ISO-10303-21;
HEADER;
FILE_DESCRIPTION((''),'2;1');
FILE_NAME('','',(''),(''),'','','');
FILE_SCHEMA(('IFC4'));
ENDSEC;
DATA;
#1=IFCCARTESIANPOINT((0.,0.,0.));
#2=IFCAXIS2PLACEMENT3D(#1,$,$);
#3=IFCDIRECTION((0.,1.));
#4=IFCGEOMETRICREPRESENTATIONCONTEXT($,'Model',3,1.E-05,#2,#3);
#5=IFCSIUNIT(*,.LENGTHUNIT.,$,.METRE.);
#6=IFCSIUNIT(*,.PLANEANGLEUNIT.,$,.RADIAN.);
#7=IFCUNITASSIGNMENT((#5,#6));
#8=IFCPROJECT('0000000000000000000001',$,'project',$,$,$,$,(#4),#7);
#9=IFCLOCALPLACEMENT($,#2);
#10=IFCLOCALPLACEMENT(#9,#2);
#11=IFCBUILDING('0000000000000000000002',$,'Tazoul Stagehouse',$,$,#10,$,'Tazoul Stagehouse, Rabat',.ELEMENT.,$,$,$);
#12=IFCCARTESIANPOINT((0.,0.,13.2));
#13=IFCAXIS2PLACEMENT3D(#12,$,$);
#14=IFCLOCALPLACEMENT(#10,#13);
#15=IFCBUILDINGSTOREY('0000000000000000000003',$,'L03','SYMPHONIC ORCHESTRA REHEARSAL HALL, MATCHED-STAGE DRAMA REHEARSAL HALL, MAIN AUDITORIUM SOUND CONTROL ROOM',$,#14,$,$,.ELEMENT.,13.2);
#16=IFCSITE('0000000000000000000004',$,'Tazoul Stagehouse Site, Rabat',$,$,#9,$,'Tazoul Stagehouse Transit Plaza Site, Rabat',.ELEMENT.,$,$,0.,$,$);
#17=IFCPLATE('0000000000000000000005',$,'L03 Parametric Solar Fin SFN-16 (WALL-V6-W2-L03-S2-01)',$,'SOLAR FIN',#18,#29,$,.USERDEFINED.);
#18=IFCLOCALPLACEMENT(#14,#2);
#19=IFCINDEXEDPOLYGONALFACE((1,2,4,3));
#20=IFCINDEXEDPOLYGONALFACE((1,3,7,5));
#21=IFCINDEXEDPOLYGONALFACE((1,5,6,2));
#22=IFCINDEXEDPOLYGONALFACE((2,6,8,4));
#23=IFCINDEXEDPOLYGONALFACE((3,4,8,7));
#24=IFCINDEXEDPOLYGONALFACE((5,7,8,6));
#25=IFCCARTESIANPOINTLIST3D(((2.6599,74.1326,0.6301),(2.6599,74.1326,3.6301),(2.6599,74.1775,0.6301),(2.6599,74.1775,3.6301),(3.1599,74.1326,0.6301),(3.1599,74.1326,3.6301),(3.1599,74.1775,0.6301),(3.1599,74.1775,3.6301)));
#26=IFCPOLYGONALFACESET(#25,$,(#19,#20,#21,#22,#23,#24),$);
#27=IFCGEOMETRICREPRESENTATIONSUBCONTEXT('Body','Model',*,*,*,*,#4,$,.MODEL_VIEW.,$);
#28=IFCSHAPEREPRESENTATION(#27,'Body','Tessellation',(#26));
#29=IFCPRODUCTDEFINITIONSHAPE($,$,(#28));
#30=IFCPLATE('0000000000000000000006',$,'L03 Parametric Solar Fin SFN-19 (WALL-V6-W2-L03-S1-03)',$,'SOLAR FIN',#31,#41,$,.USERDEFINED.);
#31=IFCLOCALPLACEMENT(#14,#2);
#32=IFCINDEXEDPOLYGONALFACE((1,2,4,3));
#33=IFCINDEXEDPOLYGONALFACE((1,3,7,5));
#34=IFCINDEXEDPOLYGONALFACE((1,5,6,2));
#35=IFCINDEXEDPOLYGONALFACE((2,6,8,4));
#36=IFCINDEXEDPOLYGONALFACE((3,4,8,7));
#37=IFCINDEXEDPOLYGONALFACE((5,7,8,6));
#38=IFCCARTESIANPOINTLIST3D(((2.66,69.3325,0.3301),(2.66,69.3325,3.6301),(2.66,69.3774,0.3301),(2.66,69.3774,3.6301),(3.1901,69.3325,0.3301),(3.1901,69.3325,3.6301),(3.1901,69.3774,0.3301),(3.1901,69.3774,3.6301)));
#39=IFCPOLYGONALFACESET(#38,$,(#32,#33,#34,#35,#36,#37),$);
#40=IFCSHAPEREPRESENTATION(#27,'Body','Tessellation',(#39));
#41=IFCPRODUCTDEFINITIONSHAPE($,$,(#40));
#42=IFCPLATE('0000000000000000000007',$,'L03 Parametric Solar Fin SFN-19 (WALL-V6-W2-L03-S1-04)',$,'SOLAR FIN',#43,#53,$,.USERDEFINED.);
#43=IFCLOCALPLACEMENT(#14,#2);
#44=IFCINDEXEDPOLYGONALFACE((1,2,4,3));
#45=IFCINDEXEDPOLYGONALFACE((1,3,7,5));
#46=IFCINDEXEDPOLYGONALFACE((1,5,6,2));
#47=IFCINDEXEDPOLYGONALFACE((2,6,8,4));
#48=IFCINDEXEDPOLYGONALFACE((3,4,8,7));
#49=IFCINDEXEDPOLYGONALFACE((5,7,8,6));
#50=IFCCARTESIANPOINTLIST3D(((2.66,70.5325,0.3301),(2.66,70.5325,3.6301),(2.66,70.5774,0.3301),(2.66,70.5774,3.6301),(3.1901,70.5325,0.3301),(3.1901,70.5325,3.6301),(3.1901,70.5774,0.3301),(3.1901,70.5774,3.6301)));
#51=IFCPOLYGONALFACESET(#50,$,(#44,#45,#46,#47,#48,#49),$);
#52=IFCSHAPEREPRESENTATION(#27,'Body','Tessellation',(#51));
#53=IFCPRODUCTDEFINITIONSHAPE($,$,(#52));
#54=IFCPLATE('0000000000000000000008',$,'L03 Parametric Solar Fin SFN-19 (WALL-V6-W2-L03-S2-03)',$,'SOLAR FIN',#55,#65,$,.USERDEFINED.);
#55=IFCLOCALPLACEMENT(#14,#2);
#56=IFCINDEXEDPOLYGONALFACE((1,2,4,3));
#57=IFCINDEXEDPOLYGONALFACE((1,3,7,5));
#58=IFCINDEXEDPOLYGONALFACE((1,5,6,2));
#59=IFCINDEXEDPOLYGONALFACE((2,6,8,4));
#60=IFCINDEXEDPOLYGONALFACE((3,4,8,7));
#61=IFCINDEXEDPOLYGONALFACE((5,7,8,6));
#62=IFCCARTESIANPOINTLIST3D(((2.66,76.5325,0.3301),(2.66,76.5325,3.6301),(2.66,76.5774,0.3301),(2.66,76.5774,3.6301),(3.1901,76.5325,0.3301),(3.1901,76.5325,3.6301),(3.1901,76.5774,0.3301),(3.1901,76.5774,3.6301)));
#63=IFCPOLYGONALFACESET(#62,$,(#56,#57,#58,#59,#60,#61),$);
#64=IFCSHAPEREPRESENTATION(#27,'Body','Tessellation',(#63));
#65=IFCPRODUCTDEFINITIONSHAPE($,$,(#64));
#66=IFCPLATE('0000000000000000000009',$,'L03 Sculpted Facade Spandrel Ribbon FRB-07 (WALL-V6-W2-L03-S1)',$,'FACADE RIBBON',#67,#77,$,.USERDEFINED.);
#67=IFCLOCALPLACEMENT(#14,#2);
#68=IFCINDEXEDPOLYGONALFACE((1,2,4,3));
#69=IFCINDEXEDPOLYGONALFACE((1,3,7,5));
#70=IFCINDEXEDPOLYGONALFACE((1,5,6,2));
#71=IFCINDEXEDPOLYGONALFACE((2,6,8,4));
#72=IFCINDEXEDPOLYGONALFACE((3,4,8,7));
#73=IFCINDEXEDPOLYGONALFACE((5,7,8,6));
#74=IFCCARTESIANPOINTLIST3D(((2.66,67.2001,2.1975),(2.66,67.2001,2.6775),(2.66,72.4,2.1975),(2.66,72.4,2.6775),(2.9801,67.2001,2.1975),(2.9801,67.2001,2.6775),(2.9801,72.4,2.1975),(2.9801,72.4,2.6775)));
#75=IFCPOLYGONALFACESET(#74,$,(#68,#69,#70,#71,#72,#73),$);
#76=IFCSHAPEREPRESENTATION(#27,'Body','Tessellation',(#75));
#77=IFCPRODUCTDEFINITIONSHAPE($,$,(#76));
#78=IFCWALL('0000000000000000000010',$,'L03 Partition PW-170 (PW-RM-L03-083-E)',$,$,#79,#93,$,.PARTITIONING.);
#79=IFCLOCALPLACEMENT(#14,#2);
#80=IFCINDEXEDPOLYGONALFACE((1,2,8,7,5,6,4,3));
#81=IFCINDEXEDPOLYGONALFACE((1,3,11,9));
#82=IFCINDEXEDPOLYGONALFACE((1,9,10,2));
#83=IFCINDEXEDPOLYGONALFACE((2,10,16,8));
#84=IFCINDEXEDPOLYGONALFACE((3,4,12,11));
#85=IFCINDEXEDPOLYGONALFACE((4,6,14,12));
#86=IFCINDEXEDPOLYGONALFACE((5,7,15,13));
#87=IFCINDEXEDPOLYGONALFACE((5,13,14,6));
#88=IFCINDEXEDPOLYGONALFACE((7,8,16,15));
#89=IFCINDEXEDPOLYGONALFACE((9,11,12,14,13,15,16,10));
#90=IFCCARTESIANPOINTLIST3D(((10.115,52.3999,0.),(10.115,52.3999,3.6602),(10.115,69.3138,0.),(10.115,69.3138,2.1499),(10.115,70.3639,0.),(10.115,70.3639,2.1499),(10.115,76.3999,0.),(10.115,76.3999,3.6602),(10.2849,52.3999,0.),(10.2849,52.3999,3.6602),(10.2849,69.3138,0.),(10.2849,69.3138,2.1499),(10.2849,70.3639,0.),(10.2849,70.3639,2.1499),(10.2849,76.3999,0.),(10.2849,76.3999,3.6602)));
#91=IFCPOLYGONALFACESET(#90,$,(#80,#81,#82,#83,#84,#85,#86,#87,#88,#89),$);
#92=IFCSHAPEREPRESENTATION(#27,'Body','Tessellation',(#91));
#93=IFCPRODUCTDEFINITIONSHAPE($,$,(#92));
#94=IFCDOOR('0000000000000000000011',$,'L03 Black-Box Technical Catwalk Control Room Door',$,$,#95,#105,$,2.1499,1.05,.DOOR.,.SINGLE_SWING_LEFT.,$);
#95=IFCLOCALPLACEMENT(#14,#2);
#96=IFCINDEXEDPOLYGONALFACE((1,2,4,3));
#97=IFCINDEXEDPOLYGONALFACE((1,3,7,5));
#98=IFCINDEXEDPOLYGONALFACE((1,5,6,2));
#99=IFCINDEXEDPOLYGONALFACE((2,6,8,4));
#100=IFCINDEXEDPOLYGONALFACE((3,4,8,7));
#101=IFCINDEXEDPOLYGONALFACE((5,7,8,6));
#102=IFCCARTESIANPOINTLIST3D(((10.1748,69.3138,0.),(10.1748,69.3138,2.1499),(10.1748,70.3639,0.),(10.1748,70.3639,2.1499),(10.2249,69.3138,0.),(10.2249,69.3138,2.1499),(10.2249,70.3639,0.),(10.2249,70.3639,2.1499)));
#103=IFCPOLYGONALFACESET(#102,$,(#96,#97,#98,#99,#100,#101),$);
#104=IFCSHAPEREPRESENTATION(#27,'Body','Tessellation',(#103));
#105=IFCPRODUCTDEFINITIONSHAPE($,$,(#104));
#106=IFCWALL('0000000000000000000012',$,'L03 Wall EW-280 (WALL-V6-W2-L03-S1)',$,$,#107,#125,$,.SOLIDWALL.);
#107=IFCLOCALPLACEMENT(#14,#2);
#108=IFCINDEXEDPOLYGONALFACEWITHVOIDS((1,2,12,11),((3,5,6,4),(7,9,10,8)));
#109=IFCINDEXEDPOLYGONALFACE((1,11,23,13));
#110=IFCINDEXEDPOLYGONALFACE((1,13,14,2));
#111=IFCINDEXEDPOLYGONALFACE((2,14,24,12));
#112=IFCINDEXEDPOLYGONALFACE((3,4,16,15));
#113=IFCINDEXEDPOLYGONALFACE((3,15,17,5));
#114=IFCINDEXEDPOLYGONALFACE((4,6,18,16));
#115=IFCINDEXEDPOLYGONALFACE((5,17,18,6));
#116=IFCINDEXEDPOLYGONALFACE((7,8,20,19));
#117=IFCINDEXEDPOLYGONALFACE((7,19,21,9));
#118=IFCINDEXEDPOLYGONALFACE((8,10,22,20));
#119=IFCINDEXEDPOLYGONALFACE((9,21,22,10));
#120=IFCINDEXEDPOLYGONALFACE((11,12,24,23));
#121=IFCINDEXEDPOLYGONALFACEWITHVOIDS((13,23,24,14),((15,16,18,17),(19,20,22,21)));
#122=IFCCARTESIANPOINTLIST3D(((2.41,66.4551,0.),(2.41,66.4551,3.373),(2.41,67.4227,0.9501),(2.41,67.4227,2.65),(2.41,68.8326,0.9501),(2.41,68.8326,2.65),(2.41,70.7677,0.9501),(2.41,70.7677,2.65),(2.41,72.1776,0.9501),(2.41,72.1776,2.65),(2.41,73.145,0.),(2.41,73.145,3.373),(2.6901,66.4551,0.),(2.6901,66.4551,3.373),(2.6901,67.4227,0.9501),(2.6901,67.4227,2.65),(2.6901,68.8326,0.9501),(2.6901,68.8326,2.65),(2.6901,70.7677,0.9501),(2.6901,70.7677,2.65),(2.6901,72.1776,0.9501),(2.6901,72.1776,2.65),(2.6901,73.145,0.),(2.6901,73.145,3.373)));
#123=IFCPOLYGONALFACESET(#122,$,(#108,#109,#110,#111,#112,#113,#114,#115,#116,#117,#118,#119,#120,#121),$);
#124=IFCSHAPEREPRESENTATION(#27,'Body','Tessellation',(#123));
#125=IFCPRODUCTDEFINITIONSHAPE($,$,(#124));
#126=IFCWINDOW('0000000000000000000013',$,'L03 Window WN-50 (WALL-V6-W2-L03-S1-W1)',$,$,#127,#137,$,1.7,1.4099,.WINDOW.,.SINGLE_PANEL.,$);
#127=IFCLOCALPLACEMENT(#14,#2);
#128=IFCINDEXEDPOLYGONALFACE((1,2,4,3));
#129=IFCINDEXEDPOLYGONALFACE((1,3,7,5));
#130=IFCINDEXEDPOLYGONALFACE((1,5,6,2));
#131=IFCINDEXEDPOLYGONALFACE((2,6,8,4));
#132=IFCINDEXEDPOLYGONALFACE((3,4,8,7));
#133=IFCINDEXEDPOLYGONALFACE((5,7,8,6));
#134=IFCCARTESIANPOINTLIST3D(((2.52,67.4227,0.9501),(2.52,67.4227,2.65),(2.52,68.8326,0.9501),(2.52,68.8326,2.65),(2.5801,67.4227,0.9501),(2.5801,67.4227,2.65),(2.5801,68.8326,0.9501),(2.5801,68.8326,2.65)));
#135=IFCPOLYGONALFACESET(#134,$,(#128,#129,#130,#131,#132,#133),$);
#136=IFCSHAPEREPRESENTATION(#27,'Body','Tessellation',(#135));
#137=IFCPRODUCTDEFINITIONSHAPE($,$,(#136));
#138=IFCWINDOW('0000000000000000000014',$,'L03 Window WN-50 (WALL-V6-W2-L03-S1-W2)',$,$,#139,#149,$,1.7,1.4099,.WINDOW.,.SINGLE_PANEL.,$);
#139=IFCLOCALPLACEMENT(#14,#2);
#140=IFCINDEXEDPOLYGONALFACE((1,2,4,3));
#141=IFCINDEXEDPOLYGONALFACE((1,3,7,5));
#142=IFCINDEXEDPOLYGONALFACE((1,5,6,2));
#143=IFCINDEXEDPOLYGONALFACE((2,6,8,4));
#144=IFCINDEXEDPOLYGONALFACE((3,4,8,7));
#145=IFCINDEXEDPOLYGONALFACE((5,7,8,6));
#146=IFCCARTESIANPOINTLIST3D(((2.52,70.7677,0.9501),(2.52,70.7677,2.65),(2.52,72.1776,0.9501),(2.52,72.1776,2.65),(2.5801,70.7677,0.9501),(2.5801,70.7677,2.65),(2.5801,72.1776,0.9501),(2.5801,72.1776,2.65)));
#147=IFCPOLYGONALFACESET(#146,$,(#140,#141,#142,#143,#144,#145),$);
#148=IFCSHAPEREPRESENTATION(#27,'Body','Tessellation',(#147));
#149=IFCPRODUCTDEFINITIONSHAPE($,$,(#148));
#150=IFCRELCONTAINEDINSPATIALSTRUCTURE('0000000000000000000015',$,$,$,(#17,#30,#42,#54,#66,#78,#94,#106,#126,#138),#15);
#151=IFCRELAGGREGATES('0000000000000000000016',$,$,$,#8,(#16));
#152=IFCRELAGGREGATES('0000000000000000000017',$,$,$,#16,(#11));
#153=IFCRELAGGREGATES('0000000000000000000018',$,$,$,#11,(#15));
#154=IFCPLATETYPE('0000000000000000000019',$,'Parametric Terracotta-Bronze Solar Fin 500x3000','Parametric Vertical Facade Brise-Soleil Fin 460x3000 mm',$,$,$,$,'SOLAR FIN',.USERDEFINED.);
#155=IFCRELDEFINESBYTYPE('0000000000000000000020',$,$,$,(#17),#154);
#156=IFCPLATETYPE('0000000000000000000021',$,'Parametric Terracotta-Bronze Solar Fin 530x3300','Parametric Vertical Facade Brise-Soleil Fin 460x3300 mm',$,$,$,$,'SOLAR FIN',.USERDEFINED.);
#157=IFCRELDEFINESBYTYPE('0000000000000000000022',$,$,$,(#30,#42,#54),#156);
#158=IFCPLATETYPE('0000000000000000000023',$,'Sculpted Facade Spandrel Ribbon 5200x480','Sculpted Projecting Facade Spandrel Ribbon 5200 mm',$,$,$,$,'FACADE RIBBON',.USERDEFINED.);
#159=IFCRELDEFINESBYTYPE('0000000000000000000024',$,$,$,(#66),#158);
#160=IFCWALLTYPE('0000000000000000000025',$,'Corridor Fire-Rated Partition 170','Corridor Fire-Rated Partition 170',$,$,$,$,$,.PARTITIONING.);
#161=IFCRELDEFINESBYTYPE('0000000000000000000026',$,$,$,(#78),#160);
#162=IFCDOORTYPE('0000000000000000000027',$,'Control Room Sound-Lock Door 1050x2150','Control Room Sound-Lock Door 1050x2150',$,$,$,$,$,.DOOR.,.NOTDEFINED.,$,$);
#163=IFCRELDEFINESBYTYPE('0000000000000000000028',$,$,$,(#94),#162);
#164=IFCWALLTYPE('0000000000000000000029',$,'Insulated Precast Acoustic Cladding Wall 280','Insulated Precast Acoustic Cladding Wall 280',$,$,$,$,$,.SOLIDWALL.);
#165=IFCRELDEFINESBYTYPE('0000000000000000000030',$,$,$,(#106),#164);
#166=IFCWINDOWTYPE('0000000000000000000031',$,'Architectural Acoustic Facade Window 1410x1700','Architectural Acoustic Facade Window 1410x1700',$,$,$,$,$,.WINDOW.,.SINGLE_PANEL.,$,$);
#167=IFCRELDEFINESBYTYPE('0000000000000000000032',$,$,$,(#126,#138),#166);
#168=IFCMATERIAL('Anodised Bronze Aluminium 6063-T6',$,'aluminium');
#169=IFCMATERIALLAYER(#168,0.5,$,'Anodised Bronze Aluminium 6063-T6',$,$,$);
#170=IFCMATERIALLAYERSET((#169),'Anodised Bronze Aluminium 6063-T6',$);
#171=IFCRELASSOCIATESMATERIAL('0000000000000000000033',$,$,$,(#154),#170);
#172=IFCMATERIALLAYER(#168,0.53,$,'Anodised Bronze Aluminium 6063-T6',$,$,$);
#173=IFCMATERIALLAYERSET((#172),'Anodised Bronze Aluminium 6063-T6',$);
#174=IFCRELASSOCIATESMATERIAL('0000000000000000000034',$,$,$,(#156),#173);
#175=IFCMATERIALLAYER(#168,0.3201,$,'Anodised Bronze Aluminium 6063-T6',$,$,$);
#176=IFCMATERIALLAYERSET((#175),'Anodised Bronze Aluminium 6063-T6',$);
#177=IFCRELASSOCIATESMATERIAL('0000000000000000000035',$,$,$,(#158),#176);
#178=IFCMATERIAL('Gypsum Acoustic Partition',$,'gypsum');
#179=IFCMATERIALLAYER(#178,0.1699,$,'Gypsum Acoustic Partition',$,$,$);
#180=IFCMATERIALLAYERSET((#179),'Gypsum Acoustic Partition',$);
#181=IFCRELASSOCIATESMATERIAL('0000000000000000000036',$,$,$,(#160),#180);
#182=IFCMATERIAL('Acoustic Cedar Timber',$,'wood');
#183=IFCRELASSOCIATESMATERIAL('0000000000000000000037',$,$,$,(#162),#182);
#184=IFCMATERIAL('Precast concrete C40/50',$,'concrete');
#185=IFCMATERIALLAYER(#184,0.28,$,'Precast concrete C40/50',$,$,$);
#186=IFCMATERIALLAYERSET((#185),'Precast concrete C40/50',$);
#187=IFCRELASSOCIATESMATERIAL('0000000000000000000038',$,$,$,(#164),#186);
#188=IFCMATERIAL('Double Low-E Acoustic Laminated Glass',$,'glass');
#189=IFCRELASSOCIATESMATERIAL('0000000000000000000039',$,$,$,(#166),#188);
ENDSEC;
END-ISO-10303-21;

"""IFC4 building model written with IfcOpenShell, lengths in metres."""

from ifc_helpers import new_model, si_unit, direction, frame, frame_2d, origin, origin_2d, place, context, subcontext, project, spatial, rectangle, extrude, material, layer, layer_set, type_object, element, fill, save


model = new_model("IFC4")

# Units and contexts
model_context = context("Model", 3, precision=1e-05, world=origin(), true_north=direction((0.0, 1.0)))
body_context = subcontext(model_context, "Body", "Model", "MODEL_VIEW")
ifc_project = project(units=[si_unit("LENGTHUNIT", "METRE"), si_unit("PLANEANGLEUNIT", "RADIAN")], contexts=[model_context])

# Site, building, storey
site_placement = place(None, origin())
site = spatial("IfcSite", under=ifc_project, at=site_placement, Name="Tazoul Stagehouse Site, Rabat", LongName="Tazoul Stagehouse Transit Plaza Site, Rabat", CompositionType="ELEMENT", RefElevation=0.0)
building_placement = place(site_placement, origin())
building = spatial("IfcBuilding", under=site, at=building_placement, Name="Tazoul Stagehouse", LongName="Tazoul Stagehouse, Rabat", CompositionType="ELEMENT")
storey_placement = place(building_placement, frame((0.0, 0.0, 13.2)))
storey = spatial("IfcBuildingStorey", under=building, at=storey_placement, Name="L03", Description="SYMPHONIC ORCHESTRA REHEARSAL HALL, MATCHED-STAGE DRAMA REHEARSAL HALL, MAIN AUDITORIUM SOUND CONTROL ROOM", CompositionType="ELEMENT", Elevation=13.2)

# Plates
ifc_material_1 = material(Name="Anodised Bronze Aluminium 6063-T6", Category="aluminium")
ifc_layer_1 = layer(ifc_material_1, 0.5, Name="Anodised Bronze Aluminium 6063-T6")
ifc_layer_set_1 = layer_set([ifc_layer_1], Name="Anodised Bronze Aluminium 6063-T6")
plate_type_1 = type_object("IfcPlateType", Name="Parametric Terracotta-Bronze Solar Fin 500x3000", Description="Parametric Vertical Facade Brise-Soleil Fin 460x3000 mm", ElementType="SOLAR FIN", PredefinedType="USERDEFINED", material=ifc_layer_set_1)
for number, where, z_axis, x_axis, name in (
    (1, (2.9099, 74.155, 0.6301), (0.0, 0.0, 1.0), (0.0, 1.0, 0.0), "L03 Parametric Solar Fin SFN-16 (WALL-V6-W2-L03-S2-01)"),
):
    element("IfcPlate", number, at=place(storey_placement, frame(where, z_axis=z_axis, x_axis=x_axis)), inside=storey, type_object=plate_type_1, Name=name, ObjectType="SOLAR FIN", PredefinedType="USERDEFINED", context=body_context, shape_type="SweptSolid", body=[
        extrude(rectangle(XDim=0.0449, YDim=0.5, at=origin_2d()), origin(), (0.0, 0.0, 1.0), 3.0),
    ])
ifc_layer_2 = layer(ifc_material_1, 0.53, Name="Anodised Bronze Aluminium 6063-T6")
ifc_layer_set_2 = layer_set([ifc_layer_2], Name="Anodised Bronze Aluminium 6063-T6")
plate_type_2 = type_object("IfcPlateType", Name="Parametric Terracotta-Bronze Solar Fin 530x3300", Description="Parametric Vertical Facade Brise-Soleil Fin 460x3300 mm", ElementType="SOLAR FIN", PredefinedType="USERDEFINED", material=ifc_layer_set_2)
for number, where, z_axis, x_axis, name in (
    (2, (2.925, 69.355, 0.3301), (0.0, 0.0, 1.0), (0.0, 1.0, 0.0), "L03 Parametric Solar Fin SFN-19 (WALL-V6-W2-L03-S1-03)"),
    (3, (2.925, 70.5549, 0.3301), (0.0, 0.0, 1.0), (0.0, 1.0, 0.0), "L03 Parametric Solar Fin SFN-19 (WALL-V6-W2-L03-S1-04)"),
    (4, (2.925, 76.5549, 0.3301), (0.0, 0.0, 1.0), (0.0, 1.0, 0.0), "L03 Parametric Solar Fin SFN-19 (WALL-V6-W2-L03-S2-03)"),
):
    element("IfcPlate", number, at=place(storey_placement, frame(where, z_axis=z_axis, x_axis=x_axis)), inside=storey, type_object=plate_type_2, Name=name, ObjectType="SOLAR FIN", PredefinedType="USERDEFINED", context=body_context, shape_type="SweptSolid", body=[
        extrude(rectangle(XDim=0.0449, YDim=0.53, at=origin_2d()), origin(), (0.0, 0.0, 1.0), 3.3),
    ])
ifc_layer_3 = layer(ifc_material_1, 0.3201, Name="Anodised Bronze Aluminium 6063-T6")
ifc_layer_set_3 = layer_set([ifc_layer_3], Name="Anodised Bronze Aluminium 6063-T6")
plate_type_3 = type_object("IfcPlateType", Name="Sculpted Facade Spandrel Ribbon 5200x480", Description="Sculpted Projecting Facade Spandrel Ribbon 5200 mm", ElementType="FACADE RIBBON", PredefinedType="USERDEFINED", material=ifc_layer_set_3)
plate_placement = place(storey_placement, frame((2.8201, 69.8, 2.1975), z_axis=(0.0, 0.0, 1.0), x_axis=(0.0, 1.0, 0.0)))
element("IfcPlate", 5, at=plate_placement, inside=storey, type_object=plate_type_3, Name="L03 Sculpted Facade Spandrel Ribbon FRB-07 (WALL-V6-W2-L03-S1)", ObjectType="FACADE RIBBON", PredefinedType="USERDEFINED", context=body_context, shape_type="SweptSolid", body=[
    extrude(rectangle(XDim=5.2, YDim=0.3201, at=origin_2d()), origin(), (0.0, 0.0, 1.0), 0.48),
])

# Wall, opening, door
ifc_material_2 = material(Name="Gypsum Acoustic Partition", Category="gypsum")
ifc_layer_4 = layer(ifc_material_2, 0.1699, Name="Gypsum Acoustic Partition")
ifc_layer_set_4 = layer_set([ifc_layer_4], Name="Gypsum Acoustic Partition")
wall_type_1 = type_object("IfcWallType", Name="Corridor Fire-Rated Partition 170", Description="Corridor Fire-Rated Partition 170", PredefinedType="PARTITIONING", material=ifc_layer_set_4)
wall_1_placement = place(storey_placement, frame((10.2, 76.3999, 0.0), z_axis=(0.0, 0.0, 1.0), x_axis=(0.0, -1.0, 0.0)))
wall_1 = element("IfcWall", 6, at=wall_1_placement, inside=storey, type_object=wall_type_1, Name="L03 Partition PW-170 (PW-RM-L03-083-E)", PredefinedType="PARTITIONING", context=body_context, shape_type="SweptSolid", body=[
    extrude(rectangle(XDim=24.0, YDim=0.1699, at=frame_2d((12.0, 0.0))), origin(), (0.0, 0.0, 1.0), 3.6602),
])
opening_1_placement = place(wall_1_placement, frame((6.0361, 0.0, 0.0)))
opening_1 = element("IfcOpeningElement", 7, at=opening_1_placement, cuts=wall_1, PredefinedType="OPENING", context=body_context, shape_type="SweptSolid", body=[
    extrude(rectangle(XDim=1.05, YDim=2.1499, at=frame_2d((0.5249, 1.075))), frame((0.0, 0.105, 0.0), z_axis=(0.0, -1.0, 0.0), x_axis=(1.0, 0.0, 0.0)), (0.0, 0.0, 1.0), 0.21),
])
ifc_material_3 = material(Name="Acoustic Cedar Timber", Category="wood")
door_type = type_object("IfcDoorType", Name="Control Room Sound-Lock Door 1050x2150", Description="Control Room Sound-Lock Door 1050x2150", OperationType="NOTDEFINED", PredefinedType="DOOR", material=ifc_material_3)
door_placement = place(opening_1_placement, origin())
door = element("IfcDoor", 8, at=door_placement, inside=storey, type_object=door_type, Name="L03 Black-Box Technical Catwalk Control Room Door", OperationType="SINGLE_SWING_LEFT", OverallHeight=2.1499, OverallWidth=1.05, PredefinedType="DOOR", context=body_context, shape_type="SweptSolid", body=[
    extrude(rectangle(XDim=1.05, YDim=2.1499, at=frame_2d((0.5249, 1.075))), frame((0.0, 0.0249, 0.0), z_axis=(0.0, -1.0, 0.0), x_axis=(1.0, 0.0, 0.0)), (0.0, 0.0, 1.0), 0.05),
])
fill(opening_1, door)

# Wall, openings, windows
ifc_material_4 = material(Name="Precast concrete C40/50", Category="concrete")
ifc_layer_5 = layer(ifc_material_4, 0.28, Name="Precast concrete C40/50")
ifc_layer_set_5 = layer_set([ifc_layer_5], Name="Precast concrete C40/50")
wall_type_2 = type_object("IfcWallType", Name="Insulated Precast Acoustic Cladding Wall 280", Description="Insulated Precast Acoustic Cladding Wall 280", PredefinedType="SOLIDWALL", material=ifc_layer_set_5)
wall_2_placement = place(storey_placement, frame((2.55, 66.4551, 0.0), z_axis=(0.0, 0.0, 1.0), x_axis=(0.0, 1.0, 0.0)))
wall_2 = element("IfcWall", 9, at=wall_2_placement, inside=storey, type_object=wall_type_2, Name="L03 Wall EW-280 (WALL-V6-W2-L03-S1)", PredefinedType="SOLIDWALL", context=body_context, shape_type="SweptSolid", body=[
    extrude(rectangle(XDim=6.6899, YDim=0.28, at=frame_2d((3.345, 0.0))), origin(), (0.0, 0.0, 1.0), 3.373),
])
opening_2_placement = place(wall_2_placement, frame((0.9675, 0.0, 0.95)))
opening_2 = element("IfcOpeningElement", 10, at=opening_2_placement, cuts=wall_2, PredefinedType="OPENING", context=body_context, shape_type="SweptSolid", body=[
    extrude(rectangle(XDim=1.4099, YDim=1.7, at=frame_2d((0.7051, 0.8501))), frame((0.0, 0.1599, 0.0), z_axis=(0.0, -1.0, 0.0), x_axis=(1.0, 0.0, 0.0)), (0.0, 0.0, 1.0), 0.3201),
])
opening_3_placement = place(wall_2_placement, frame((4.3125, 0.0, 0.95)))
opening_3 = element("IfcOpeningElement", 11, at=opening_3_placement, cuts=wall_2, PredefinedType="OPENING", context=body_context, shape_type="SweptSolid", body=[
    extrude(rectangle(XDim=1.4099, YDim=1.7, at=frame_2d((0.7051, 0.8501))), frame((0.0, 0.1599, 0.0), z_axis=(0.0, -1.0, 0.0), x_axis=(1.0, 0.0, 0.0)), (0.0, 0.0, 1.0), 0.3201),
])
ifc_material_5 = material(Name="Double Low-E Acoustic Laminated Glass", Category="glass")
window_type_1 = type_object("IfcWindowType", Name="Architectural Acoustic Facade Window 1410x1700", Description="Architectural Acoustic Facade Window 1410x1700", PartitioningType="SINGLE_PANEL", PredefinedType="WINDOW", material=ifc_material_5)
window_1_placement = place(opening_2_placement, origin())
window_1 = element("IfcWindow", 12, at=window_1_placement, inside=storey, type_object=window_type_1, Name="L03 Window WN-50 (WALL-V6-W2-L03-S1-W1)", OverallHeight=1.7, OverallWidth=1.4099, PartitioningType="SINGLE_PANEL", PredefinedType="WINDOW", context=body_context, shape_type="SweptSolid", body=[
    extrude(rectangle(XDim=1.4099, YDim=1.7, at=frame_2d((0.7051, 0.8501))), frame((0.0, 0.03, 0.0), z_axis=(0.0, -1.0, 0.0), x_axis=(1.0, 0.0, 0.0)), (0.0, 0.0, 1.0), 0.0601),
])
fill(opening_2, window_1)
window_2_placement = place(opening_3_placement, origin())
window_2 = element("IfcWindow", 13, at=window_2_placement, inside=storey, type_object=window_type_1, Name="L03 Window WN-50 (WALL-V6-W2-L03-S1-W2)", OverallHeight=1.7, OverallWidth=1.4099, PartitioningType="SINGLE_PANEL", PredefinedType="WINDOW", context=body_context, shape_type="SweptSolid", body=[
    extrude(rectangle(XDim=1.4099, YDim=1.7, at=frame_2d((0.7051, 0.8501))), frame((0.0, 0.03, 0.0), z_axis=(0.0, -1.0, 0.0), x_axis=(1.0, 0.0, 0.0)), (0.0, 0.0, 1.0), 0.0601),
])
fill(opening_3, window_2)

save(model, "model.ifc")
